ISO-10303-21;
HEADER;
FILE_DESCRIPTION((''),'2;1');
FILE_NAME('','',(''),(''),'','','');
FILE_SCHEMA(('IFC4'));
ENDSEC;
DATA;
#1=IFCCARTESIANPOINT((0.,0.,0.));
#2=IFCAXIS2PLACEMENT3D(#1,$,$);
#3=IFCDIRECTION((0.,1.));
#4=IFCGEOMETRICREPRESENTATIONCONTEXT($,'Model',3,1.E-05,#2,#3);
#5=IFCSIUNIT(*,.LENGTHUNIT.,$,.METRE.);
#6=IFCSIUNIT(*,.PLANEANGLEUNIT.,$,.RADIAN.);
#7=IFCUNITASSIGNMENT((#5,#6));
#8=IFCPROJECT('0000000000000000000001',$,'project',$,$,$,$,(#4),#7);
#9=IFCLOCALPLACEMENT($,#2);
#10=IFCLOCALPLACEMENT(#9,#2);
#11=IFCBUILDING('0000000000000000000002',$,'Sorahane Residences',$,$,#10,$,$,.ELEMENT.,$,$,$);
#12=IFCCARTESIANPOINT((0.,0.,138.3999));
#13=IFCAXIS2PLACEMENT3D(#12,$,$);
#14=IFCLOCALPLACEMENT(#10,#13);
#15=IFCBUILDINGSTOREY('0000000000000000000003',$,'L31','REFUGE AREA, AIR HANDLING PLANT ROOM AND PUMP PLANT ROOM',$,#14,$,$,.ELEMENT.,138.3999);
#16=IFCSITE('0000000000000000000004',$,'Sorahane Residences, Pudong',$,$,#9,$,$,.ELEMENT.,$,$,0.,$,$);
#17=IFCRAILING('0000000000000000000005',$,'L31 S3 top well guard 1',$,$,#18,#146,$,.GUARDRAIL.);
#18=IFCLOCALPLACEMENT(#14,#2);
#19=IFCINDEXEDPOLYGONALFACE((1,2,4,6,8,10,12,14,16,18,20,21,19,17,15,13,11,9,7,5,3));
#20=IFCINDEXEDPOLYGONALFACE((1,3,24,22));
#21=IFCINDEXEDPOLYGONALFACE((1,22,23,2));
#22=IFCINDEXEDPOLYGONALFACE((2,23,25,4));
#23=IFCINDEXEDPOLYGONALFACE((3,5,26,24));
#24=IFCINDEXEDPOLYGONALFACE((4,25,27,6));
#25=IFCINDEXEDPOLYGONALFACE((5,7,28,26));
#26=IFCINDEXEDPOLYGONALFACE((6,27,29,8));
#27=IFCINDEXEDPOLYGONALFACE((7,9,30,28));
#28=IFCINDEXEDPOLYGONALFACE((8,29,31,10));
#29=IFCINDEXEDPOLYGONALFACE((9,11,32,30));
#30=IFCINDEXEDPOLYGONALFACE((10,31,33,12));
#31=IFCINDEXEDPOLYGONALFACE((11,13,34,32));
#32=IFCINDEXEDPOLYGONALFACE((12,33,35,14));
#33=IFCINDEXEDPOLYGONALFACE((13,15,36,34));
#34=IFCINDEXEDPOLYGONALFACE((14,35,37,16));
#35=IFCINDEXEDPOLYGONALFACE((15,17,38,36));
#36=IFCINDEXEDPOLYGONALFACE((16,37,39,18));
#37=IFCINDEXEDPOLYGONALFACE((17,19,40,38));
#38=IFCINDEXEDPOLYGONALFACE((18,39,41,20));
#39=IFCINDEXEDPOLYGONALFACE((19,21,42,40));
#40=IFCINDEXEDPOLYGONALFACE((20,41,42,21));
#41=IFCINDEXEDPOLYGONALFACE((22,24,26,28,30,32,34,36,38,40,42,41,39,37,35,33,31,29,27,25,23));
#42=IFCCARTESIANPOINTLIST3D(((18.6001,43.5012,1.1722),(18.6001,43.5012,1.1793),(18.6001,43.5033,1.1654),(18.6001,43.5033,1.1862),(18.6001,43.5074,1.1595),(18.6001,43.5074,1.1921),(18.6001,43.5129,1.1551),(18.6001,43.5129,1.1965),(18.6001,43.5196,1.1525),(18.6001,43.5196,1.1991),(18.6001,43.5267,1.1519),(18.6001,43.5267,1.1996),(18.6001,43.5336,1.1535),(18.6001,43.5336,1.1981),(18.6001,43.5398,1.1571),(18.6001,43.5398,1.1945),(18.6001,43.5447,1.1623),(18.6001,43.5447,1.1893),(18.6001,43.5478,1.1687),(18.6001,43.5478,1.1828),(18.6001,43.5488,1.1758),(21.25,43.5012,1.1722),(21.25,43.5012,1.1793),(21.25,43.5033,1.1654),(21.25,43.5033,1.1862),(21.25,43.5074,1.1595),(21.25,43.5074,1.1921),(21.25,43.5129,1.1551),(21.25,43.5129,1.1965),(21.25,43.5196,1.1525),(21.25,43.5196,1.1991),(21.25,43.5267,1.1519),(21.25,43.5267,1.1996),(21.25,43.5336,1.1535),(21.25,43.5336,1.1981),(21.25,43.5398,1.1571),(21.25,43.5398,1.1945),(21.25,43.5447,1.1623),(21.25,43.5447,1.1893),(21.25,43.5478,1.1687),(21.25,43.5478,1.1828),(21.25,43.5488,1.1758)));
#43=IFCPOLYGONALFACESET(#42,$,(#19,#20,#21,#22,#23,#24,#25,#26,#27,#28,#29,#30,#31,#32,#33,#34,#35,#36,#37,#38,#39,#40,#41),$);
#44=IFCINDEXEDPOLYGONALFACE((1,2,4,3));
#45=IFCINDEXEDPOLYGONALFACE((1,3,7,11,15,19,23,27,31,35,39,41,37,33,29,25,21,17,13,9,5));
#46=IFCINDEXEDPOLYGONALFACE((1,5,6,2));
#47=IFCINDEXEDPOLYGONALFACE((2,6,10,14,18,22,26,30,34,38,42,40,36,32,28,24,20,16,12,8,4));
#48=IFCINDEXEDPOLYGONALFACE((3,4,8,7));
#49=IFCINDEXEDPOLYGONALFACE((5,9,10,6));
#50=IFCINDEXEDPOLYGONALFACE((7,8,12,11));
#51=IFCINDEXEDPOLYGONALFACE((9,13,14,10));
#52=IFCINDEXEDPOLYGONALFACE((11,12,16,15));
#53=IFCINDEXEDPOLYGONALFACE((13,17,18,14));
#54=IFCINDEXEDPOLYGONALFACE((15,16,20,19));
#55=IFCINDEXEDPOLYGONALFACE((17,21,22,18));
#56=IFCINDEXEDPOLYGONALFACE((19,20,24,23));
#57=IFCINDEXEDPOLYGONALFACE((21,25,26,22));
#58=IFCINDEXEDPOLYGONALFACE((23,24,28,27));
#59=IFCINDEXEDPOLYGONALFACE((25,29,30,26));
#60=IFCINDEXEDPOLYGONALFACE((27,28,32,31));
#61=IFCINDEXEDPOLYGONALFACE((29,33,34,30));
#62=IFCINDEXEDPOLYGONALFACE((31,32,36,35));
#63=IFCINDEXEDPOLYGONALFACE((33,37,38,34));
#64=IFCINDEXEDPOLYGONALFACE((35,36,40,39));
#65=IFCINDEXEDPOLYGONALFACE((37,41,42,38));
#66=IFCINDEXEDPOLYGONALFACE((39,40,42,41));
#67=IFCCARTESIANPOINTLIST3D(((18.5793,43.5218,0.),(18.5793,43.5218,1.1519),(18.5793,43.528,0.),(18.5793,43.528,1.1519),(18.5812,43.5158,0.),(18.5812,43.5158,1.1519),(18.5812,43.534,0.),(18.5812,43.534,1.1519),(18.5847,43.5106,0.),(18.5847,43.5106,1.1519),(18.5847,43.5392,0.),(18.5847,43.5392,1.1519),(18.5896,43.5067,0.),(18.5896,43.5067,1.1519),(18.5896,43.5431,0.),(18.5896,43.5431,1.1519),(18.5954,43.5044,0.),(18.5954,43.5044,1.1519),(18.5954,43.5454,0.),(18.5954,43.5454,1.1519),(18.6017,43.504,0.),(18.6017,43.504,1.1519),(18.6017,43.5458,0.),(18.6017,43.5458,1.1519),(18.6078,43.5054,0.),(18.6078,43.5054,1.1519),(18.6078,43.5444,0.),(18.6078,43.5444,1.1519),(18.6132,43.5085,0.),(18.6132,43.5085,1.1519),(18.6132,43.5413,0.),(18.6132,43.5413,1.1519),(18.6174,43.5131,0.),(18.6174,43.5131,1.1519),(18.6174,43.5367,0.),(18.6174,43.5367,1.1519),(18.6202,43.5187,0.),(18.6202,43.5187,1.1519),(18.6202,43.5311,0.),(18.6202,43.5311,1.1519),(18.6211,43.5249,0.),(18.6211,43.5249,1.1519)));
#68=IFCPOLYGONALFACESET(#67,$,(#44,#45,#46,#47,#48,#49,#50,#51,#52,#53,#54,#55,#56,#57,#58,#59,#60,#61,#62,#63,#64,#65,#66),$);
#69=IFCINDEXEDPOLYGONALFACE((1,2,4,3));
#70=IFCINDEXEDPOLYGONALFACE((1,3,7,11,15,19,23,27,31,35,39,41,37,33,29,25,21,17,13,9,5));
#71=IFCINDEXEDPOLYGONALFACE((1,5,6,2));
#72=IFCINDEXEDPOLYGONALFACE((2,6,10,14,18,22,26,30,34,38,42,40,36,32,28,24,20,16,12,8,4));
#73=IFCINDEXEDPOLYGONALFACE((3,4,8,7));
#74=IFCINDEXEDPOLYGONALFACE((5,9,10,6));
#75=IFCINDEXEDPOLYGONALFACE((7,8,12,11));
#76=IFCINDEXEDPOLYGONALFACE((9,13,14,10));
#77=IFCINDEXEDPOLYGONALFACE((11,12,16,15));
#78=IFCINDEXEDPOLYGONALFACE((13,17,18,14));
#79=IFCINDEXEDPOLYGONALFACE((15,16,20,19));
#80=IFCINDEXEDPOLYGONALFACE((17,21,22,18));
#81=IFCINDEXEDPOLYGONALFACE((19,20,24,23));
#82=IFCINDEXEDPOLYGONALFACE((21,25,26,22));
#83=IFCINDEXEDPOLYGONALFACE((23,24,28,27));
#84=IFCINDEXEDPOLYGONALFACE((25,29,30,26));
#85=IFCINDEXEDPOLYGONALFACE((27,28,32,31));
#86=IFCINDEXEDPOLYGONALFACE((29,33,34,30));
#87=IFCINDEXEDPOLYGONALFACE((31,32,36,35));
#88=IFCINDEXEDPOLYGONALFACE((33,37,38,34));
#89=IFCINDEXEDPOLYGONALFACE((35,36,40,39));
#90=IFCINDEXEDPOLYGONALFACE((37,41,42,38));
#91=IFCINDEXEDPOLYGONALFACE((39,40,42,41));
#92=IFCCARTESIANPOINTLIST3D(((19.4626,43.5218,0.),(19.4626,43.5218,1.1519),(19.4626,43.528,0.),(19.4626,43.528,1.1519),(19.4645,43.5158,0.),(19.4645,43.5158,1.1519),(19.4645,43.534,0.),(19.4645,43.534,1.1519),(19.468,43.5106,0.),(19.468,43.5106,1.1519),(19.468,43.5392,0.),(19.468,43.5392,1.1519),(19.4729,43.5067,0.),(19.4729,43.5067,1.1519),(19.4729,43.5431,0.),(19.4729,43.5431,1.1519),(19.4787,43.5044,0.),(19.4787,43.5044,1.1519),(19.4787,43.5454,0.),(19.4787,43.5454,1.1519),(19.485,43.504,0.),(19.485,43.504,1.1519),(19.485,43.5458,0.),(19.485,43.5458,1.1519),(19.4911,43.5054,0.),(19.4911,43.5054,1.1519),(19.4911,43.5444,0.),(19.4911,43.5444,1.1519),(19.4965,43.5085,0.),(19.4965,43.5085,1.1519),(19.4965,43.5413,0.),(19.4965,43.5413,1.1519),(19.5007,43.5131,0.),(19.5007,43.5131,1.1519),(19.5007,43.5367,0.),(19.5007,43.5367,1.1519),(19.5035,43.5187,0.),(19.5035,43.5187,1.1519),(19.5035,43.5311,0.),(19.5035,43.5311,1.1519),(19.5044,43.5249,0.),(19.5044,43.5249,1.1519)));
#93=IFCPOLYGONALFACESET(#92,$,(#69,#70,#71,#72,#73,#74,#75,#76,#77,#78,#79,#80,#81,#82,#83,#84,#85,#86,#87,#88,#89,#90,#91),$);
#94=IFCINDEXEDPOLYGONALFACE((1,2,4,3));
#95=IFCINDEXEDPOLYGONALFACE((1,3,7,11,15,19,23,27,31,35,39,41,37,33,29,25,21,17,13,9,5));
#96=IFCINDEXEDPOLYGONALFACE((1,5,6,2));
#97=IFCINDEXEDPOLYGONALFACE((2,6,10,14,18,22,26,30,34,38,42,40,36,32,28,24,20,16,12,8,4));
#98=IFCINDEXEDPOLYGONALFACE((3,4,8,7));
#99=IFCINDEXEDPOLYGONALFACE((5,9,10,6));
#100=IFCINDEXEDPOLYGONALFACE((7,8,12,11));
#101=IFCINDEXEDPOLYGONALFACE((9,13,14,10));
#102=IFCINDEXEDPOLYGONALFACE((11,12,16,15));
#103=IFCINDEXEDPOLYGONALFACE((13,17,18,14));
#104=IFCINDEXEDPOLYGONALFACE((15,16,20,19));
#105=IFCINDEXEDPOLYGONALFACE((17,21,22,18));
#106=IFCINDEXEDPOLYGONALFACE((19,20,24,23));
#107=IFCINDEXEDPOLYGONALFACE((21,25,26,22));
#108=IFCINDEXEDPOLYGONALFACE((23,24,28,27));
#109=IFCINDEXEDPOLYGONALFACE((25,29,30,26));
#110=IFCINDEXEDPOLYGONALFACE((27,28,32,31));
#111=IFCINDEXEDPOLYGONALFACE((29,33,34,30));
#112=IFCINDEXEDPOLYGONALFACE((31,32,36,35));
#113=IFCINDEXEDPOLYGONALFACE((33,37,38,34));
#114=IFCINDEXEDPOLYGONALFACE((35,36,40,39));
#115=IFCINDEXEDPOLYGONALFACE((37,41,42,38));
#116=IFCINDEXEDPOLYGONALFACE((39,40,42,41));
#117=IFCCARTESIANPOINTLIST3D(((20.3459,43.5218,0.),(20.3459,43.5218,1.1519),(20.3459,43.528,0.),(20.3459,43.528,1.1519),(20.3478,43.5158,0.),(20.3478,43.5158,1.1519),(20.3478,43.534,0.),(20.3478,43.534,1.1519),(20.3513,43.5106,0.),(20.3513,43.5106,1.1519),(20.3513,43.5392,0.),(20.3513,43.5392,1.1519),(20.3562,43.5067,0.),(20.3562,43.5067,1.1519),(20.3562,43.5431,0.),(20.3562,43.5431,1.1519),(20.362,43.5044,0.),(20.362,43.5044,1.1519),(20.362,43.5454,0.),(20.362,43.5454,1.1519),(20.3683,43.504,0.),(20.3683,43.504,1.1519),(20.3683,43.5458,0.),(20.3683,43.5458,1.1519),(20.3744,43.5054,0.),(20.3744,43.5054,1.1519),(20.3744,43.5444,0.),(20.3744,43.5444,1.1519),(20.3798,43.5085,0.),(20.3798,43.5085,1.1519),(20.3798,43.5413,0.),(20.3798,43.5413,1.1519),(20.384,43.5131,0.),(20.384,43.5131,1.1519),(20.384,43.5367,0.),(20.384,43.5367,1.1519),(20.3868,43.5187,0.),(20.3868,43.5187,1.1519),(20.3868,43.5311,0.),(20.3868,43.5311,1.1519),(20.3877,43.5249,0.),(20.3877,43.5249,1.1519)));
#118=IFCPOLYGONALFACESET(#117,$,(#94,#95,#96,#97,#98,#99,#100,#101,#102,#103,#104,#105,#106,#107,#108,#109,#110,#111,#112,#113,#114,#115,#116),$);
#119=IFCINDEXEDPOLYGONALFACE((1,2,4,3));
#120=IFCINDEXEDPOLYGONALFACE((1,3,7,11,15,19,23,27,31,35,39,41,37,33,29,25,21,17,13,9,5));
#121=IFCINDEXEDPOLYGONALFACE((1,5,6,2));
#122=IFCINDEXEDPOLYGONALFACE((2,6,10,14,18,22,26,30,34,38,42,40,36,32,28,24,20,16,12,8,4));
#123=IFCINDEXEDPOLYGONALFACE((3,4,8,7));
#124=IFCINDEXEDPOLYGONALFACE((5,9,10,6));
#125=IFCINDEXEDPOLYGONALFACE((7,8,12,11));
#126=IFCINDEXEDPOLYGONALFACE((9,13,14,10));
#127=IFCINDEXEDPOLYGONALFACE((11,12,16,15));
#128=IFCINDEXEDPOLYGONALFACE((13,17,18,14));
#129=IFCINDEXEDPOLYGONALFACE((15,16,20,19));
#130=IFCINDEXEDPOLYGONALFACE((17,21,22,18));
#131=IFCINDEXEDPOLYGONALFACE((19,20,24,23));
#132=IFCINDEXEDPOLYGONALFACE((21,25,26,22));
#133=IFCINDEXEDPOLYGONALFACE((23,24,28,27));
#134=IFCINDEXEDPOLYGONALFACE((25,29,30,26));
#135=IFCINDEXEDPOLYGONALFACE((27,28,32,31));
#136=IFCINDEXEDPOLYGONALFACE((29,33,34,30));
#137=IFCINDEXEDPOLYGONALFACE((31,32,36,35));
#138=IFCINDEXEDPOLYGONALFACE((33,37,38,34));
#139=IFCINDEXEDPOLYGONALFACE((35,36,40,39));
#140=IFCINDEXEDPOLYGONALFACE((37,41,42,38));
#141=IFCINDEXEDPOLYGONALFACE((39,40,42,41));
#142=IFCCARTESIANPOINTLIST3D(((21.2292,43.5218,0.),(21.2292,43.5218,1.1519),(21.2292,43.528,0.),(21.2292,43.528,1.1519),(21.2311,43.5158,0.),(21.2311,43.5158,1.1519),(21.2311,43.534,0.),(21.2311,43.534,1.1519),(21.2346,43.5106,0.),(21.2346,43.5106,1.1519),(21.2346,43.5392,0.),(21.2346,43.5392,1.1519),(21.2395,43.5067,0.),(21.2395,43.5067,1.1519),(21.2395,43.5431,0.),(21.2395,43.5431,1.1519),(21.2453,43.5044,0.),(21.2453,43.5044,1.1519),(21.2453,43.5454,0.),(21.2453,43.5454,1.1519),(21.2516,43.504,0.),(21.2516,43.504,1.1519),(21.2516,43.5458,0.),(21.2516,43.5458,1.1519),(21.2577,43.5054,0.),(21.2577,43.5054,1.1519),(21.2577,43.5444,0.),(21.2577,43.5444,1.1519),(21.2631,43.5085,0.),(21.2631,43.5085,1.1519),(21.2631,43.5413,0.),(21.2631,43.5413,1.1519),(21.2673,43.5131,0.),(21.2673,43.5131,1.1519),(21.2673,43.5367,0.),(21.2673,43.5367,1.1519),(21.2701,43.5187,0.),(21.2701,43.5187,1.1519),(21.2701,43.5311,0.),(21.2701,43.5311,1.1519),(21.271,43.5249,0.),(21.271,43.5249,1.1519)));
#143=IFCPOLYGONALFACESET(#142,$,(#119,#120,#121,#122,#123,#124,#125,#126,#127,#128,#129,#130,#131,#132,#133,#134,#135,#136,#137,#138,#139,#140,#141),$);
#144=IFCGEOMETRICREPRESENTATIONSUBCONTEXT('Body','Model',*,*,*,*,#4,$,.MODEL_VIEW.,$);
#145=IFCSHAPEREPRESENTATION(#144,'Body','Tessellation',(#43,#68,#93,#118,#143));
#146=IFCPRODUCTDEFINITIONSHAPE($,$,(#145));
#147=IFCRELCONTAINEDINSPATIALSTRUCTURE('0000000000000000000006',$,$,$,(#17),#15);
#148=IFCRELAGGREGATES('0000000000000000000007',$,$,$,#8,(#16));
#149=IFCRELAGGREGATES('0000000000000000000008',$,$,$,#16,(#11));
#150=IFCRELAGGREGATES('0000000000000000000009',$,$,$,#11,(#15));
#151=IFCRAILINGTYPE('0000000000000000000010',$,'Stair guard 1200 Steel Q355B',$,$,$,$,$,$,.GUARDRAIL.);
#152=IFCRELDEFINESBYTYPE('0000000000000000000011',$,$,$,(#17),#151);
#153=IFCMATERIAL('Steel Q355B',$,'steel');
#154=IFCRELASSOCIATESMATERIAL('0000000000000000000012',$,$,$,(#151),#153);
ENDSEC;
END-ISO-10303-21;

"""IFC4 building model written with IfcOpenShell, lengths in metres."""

from ifc_helpers import new_model, si_unit, direction, frame, origin, origin_2d, place, context, subcontext, project, spatial, circle, extrude, material, type_object, element, save


model = new_model("IFC4")

# Units and contexts
model_context = context("Model", 3, precision=1e-05, world=origin(), true_north=direction((0.0, 1.0)))
body_context = subcontext(model_context, "Body", "Model", "MODEL_VIEW")
ifc_project = project(units=[si_unit("LENGTHUNIT", "METRE"), si_unit("PLANEANGLEUNIT", "RADIAN")], contexts=[model_context])

# Site, building, storey
site_placement = place(None, origin())
site = spatial("IfcSite", under=ifc_project, at=site_placement, Name="Sorahane Residences, Pudong", CompositionType="ELEMENT", RefElevation=0.0)
building_placement = place(site_placement, origin())
building = spatial("IfcBuilding", under=site, at=building_placement, Name="Sorahane Residences", CompositionType="ELEMENT")
storey_placement = place(building_placement, frame((0.0, 0.0, 138.3999)))
storey = spatial("IfcBuildingStorey", under=building, at=storey_placement, Name="L31", Description="REFUGE AREA, AIR HANDLING PLANT ROOM AND PUMP PLANT ROOM", CompositionType="ELEMENT", Elevation=138.3999)

# Railing
ifc_material_1 = material(Name="Steel Q355B", Category="steel")
railing_type = type_object("IfcRailingType", Name="Stair guard 1200 Steel Q355B", PredefinedType="GUARDRAIL", material=ifc_material_1)
railing_1_placement = place(storey_placement, frame((18.6001, 43.5249, 0.0)))
element("IfcRailing", 1, at=railing_1_placement, inside=storey, type_object=railing_type, Name="L31 S3 top well guard 1", PredefinedType="GUARDRAIL", context=body_context, shape_type="SweptSolid", body=[
    extrude(circle(Radius=0.0239, at=origin_2d()), frame((0.0, 0.0, 1.1758), z_axis=(1.0, 0.0, 0.0), x_axis=(0.0, 1.0, 0.0)), (0.0, 0.0, 1.0), 2.6499),
    extrude(circle(Radius=0.021, at=origin_2d()), origin(), (0.0, 0.0, 1.0), 1.1519),
    extrude(circle(Radius=0.021, at=origin_2d()), frame((0.8833, 0.0, 0.0)), (0.0, 0.0, 1.0), 1.1519),
    extrude(circle(Radius=0.021, at=origin_2d()), frame((1.7666, 0.0, 0.0)), (0.0, 0.0, 1.0), 1.1519),
    extrude(circle(Radius=0.021, at=origin_2d()), frame((2.6499, 0.0, 0.0)), (0.0, 0.0, 1.0), 1.1519),
])

save(model, "model.ifc")
